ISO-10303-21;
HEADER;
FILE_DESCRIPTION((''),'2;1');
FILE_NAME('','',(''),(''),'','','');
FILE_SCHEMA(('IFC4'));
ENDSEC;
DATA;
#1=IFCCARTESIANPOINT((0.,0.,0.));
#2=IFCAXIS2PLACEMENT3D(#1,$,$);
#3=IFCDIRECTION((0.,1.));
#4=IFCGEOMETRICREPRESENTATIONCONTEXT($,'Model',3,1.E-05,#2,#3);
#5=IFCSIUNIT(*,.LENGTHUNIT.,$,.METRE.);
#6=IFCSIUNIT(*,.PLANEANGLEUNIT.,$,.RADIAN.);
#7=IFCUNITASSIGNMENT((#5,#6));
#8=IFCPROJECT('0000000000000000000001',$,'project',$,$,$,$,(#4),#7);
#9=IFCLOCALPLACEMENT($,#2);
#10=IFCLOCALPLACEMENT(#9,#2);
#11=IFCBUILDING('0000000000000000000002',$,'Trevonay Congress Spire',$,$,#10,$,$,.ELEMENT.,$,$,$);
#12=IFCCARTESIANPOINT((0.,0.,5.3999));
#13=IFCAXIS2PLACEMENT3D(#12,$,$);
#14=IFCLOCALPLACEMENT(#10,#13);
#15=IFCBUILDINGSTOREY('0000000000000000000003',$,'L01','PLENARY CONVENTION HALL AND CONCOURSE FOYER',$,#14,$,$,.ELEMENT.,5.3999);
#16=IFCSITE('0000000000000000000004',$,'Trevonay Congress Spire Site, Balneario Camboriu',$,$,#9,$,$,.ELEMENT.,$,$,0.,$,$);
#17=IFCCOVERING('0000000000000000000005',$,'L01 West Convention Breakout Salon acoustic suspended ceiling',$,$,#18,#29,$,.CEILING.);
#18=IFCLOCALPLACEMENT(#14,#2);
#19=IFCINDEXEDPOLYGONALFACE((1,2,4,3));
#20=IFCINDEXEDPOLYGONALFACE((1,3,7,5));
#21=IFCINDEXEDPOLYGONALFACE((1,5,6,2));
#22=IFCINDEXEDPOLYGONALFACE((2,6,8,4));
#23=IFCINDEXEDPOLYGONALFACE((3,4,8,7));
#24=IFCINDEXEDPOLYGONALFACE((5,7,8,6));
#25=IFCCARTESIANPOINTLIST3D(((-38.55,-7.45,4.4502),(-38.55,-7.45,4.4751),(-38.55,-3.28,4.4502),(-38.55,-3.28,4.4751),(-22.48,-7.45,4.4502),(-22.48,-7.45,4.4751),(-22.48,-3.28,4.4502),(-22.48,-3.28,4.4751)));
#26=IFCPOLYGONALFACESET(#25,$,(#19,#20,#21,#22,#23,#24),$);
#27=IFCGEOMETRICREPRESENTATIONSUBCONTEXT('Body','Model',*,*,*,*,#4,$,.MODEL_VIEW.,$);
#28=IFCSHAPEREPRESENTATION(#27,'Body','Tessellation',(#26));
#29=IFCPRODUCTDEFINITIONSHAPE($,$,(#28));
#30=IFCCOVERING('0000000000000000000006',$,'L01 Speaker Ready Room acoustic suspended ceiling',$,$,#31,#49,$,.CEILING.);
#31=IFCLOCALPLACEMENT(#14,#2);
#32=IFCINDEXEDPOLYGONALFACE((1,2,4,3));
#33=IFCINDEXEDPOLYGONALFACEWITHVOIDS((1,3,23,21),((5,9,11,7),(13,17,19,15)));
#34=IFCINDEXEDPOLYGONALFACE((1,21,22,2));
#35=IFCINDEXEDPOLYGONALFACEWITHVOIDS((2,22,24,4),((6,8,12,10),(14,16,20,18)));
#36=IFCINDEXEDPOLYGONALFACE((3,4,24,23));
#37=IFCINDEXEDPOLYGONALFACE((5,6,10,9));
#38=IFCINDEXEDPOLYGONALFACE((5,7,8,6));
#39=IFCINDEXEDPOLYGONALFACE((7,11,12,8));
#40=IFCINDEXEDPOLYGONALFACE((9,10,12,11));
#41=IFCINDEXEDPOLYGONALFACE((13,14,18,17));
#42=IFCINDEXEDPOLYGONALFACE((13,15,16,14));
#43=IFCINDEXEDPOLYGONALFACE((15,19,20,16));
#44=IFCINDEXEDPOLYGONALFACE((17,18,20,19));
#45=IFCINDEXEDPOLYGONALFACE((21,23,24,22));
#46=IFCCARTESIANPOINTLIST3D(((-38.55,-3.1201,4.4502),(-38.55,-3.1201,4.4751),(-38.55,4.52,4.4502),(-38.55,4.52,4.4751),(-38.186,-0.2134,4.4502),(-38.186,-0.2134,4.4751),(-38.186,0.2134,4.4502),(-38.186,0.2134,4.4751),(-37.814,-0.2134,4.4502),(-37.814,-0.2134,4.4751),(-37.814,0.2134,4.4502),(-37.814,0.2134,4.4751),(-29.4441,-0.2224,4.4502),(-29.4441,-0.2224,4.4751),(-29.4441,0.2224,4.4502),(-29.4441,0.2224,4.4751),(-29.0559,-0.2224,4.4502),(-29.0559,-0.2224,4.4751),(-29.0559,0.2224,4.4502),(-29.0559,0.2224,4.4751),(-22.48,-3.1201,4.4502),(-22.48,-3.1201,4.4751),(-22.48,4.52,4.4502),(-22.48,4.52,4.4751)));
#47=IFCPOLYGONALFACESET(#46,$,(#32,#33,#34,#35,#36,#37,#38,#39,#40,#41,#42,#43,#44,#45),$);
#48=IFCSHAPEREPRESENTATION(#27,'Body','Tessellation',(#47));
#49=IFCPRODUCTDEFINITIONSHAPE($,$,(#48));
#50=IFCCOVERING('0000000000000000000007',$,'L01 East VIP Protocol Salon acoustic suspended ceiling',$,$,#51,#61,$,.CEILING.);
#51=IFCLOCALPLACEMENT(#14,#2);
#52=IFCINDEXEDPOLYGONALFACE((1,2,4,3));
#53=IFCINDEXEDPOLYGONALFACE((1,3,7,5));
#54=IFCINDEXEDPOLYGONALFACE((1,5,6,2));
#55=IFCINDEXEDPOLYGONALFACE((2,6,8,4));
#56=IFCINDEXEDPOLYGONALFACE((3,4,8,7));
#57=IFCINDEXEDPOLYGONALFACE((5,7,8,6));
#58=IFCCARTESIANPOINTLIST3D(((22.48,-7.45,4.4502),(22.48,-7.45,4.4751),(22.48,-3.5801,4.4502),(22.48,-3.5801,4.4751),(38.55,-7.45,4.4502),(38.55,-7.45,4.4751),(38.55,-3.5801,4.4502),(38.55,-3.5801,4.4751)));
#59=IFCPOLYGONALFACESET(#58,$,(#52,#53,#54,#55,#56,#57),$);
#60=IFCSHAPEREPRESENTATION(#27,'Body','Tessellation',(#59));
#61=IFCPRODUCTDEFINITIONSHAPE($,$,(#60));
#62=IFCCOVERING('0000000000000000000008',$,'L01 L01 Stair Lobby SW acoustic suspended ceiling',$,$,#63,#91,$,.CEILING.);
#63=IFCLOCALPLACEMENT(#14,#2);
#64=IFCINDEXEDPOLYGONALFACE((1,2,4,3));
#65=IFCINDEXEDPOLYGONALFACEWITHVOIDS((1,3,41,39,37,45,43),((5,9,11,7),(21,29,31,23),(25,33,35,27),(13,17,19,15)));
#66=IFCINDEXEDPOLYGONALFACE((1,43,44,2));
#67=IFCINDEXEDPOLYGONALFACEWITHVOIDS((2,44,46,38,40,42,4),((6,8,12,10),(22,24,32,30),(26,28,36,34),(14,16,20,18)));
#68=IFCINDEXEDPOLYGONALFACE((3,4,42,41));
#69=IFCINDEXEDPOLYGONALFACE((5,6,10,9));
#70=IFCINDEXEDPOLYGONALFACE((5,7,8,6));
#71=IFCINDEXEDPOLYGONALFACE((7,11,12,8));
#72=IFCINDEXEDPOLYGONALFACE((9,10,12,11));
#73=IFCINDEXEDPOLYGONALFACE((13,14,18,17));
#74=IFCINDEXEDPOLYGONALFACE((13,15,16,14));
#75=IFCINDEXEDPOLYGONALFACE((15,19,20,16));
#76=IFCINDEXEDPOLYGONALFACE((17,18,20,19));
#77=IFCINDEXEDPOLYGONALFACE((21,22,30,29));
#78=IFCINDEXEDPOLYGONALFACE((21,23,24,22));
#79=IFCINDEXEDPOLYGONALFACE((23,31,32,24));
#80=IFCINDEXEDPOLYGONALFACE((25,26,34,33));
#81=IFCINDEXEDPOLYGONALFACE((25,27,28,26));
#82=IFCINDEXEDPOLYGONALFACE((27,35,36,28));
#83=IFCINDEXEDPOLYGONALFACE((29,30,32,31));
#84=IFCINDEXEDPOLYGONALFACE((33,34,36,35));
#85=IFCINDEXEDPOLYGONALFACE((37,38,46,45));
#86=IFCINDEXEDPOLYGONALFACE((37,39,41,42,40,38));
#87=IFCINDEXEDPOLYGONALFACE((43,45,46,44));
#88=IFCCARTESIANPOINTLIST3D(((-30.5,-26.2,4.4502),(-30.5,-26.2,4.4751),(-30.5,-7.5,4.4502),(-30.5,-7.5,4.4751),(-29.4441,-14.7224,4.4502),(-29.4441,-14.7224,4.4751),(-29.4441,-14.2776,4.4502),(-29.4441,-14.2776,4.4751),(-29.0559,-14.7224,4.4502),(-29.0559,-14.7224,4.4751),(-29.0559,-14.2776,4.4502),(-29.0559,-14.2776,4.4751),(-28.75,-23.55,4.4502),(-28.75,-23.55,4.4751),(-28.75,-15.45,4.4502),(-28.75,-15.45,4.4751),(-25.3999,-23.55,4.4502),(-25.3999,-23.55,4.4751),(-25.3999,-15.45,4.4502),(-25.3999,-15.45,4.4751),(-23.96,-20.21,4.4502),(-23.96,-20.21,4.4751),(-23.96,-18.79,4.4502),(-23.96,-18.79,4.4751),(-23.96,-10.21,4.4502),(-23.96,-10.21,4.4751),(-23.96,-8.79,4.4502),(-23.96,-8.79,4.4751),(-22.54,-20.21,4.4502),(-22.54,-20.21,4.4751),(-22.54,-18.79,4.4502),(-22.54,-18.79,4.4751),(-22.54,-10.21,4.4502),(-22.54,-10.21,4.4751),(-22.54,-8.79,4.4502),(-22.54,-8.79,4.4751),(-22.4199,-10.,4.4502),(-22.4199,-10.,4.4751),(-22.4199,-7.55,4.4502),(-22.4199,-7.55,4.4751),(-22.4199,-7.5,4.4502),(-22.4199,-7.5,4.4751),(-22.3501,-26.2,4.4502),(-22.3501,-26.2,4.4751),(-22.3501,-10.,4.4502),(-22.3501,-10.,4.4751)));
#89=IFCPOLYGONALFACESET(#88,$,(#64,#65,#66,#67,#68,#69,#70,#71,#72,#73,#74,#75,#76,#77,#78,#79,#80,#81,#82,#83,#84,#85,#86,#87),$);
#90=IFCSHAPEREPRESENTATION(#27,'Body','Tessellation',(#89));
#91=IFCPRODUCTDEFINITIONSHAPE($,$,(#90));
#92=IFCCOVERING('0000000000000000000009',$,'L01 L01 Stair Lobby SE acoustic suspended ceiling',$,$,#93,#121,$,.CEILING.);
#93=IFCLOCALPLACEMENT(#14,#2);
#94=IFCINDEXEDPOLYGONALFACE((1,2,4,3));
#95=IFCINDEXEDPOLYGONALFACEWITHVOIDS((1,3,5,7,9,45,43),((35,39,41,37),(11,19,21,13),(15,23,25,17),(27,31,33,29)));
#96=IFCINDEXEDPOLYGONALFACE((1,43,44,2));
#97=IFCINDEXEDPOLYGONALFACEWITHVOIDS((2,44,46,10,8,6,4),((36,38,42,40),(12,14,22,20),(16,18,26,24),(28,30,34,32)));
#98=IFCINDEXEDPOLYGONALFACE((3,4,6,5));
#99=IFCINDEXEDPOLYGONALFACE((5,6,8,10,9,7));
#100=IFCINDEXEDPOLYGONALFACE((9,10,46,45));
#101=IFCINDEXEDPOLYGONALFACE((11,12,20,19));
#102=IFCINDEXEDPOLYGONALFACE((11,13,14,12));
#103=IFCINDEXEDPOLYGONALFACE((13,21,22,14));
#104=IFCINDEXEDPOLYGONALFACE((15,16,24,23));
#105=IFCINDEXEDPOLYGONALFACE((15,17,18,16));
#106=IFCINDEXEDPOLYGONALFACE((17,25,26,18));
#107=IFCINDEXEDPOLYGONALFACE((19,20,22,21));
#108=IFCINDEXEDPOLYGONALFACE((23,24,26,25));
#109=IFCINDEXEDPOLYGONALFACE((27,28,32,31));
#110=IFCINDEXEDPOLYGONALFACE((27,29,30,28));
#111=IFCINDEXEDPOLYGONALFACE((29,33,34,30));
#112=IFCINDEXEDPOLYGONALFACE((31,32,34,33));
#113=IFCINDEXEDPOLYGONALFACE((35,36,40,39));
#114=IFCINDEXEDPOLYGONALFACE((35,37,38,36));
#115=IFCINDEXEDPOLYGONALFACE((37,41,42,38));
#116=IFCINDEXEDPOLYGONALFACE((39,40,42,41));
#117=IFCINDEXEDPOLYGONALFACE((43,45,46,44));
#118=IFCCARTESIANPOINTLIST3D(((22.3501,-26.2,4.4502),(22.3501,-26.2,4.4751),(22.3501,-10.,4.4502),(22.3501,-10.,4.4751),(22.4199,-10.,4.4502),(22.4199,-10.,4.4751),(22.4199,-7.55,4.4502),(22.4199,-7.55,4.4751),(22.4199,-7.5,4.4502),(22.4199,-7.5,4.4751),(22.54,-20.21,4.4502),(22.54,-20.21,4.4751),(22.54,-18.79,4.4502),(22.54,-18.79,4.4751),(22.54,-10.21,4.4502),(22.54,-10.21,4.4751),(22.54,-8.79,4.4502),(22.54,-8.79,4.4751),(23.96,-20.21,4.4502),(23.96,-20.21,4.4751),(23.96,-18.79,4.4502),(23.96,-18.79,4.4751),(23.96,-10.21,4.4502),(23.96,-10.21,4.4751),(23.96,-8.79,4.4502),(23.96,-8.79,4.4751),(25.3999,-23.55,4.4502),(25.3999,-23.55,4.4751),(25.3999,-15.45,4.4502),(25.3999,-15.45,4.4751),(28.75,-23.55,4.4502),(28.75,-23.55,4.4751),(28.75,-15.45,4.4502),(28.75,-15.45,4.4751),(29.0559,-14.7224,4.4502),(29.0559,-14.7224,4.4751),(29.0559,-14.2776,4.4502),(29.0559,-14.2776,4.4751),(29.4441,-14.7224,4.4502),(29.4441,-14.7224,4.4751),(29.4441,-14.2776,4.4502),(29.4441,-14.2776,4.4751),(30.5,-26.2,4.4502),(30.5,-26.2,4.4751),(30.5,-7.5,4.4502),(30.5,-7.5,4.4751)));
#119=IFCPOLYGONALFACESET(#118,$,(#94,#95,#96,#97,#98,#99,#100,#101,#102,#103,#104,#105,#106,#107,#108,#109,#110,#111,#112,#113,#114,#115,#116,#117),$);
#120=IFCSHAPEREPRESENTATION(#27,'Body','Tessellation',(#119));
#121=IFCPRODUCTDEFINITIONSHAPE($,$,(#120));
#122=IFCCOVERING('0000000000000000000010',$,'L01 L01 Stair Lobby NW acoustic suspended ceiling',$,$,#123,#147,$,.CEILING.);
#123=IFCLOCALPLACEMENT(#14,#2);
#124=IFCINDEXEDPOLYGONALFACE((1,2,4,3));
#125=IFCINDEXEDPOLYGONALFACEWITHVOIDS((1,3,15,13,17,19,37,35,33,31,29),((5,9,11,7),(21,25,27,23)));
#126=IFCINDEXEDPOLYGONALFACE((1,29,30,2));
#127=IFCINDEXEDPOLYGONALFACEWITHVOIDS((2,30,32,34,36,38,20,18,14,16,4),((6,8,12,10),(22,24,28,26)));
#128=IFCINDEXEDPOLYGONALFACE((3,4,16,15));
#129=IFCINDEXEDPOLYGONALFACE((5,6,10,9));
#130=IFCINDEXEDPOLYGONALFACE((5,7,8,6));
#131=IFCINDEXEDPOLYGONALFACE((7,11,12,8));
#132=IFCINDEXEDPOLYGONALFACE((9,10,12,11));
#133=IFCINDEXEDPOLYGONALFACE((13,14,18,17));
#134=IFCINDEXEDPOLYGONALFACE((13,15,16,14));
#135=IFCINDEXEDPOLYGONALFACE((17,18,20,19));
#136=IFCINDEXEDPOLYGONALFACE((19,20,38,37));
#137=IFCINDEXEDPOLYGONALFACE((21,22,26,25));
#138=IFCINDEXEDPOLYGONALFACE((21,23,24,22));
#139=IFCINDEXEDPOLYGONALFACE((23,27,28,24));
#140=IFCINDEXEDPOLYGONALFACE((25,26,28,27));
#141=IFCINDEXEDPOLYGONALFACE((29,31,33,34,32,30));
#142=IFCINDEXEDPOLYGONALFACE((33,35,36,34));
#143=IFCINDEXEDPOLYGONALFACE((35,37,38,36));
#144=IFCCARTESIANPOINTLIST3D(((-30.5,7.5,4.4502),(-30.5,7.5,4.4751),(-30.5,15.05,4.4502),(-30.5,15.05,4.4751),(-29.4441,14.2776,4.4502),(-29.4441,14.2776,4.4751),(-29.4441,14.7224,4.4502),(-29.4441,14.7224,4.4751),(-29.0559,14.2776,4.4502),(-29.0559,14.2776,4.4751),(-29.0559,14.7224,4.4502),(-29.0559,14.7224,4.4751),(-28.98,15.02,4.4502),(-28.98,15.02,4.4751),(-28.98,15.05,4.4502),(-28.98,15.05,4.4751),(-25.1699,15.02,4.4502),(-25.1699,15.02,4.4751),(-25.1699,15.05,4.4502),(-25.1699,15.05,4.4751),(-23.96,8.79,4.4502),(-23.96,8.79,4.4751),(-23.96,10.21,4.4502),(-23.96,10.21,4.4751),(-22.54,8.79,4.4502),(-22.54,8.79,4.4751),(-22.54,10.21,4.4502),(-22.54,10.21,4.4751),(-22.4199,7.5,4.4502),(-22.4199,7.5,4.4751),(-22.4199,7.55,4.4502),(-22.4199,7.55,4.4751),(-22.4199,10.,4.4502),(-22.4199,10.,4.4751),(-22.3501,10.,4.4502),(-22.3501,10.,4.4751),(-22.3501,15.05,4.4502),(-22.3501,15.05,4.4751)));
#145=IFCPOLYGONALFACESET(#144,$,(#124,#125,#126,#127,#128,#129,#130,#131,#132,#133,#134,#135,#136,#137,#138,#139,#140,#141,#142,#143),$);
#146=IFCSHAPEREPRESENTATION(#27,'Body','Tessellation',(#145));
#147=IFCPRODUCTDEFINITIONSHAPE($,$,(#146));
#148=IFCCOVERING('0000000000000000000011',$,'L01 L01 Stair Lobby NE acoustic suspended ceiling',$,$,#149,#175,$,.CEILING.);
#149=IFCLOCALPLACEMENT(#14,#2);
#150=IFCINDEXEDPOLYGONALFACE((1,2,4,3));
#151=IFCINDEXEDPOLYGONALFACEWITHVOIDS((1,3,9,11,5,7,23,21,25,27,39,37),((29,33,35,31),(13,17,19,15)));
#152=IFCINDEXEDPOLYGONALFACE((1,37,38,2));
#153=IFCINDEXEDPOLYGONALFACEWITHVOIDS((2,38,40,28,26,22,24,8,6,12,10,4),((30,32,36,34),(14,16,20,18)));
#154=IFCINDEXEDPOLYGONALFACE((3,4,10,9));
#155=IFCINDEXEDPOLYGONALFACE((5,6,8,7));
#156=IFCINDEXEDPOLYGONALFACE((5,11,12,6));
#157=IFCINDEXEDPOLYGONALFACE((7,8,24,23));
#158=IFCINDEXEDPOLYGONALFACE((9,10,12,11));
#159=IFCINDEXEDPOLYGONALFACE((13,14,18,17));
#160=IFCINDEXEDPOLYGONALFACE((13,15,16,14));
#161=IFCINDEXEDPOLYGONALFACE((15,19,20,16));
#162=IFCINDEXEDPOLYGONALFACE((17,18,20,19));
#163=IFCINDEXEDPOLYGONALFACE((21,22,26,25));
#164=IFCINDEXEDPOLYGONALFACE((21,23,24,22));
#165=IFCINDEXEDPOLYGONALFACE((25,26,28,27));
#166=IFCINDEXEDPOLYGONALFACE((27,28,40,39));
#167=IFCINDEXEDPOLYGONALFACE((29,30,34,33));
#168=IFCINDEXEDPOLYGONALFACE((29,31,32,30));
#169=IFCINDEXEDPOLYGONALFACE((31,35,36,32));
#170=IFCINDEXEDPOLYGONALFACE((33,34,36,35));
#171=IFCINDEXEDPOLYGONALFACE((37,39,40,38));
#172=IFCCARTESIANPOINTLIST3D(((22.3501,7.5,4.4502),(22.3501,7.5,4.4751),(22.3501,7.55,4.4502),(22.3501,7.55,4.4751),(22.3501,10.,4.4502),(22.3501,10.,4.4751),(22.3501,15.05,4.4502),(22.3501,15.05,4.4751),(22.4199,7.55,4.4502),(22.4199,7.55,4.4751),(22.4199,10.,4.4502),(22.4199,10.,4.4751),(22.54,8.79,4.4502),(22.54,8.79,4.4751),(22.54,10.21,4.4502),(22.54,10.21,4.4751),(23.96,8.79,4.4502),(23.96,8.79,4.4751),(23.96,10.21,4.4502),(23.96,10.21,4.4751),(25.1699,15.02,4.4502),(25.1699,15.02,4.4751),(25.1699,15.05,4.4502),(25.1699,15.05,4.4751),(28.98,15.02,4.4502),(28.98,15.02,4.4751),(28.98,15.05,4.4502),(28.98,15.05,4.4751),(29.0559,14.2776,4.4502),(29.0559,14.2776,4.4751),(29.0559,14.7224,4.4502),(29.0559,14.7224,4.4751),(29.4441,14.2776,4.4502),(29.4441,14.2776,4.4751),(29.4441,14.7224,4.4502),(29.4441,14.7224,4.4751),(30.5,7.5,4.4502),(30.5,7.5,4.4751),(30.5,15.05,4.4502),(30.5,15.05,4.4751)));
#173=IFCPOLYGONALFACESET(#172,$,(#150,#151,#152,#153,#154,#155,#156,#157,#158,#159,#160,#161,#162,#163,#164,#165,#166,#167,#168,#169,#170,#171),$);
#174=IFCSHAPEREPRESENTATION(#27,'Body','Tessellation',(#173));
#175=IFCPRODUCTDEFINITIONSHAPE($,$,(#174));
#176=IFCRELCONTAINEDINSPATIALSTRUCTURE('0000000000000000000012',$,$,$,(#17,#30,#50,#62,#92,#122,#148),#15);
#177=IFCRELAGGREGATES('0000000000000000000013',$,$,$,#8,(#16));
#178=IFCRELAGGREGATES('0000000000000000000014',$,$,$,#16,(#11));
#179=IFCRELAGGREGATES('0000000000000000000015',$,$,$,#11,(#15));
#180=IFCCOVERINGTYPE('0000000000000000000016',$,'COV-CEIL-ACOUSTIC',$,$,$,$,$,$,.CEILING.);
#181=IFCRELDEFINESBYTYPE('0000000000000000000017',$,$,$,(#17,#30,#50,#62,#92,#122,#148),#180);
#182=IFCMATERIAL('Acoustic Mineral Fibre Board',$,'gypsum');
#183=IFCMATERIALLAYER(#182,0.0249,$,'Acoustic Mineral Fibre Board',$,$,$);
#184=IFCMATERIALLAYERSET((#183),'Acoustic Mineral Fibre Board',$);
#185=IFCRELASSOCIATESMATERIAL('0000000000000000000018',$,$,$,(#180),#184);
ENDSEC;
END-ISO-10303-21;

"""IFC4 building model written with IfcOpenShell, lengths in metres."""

from ifc_helpers import new_model, si_unit, direction, frame, origin, place, context, subcontext, project, spatial, polyline, outline, extrude, material, layer, layer_set, type_object, element, save


model = new_model("IFC4")

# Units and contexts
model_context = context("Model", 3, precision=1e-05, world=origin(), true_north=direction((0.0, 1.0)))
body_context = subcontext(model_context, "Body", "Model", "MODEL_VIEW")
ifc_project = project(units=[si_unit("LENGTHUNIT", "METRE"), si_unit("PLANEANGLEUNIT", "RADIAN")], contexts=[model_context])

# Site, building, storey
site_placement = place(None, origin())
site = spatial("IfcSite", under=ifc_project, at=site_placement, Name="Trevonay Congress Spire Site, Balneario Camboriu", CompositionType="ELEMENT", RefElevation=0.0)
building_placement = place(site_placement, origin())
building = spatial("IfcBuilding", under=site, at=building_placement, Name="Trevonay Congress Spire", CompositionType="ELEMENT")
storey_placement = place(building_placement, frame((0.0, 0.0, 5.3999)))
storey = spatial("IfcBuildingStorey", under=building, at=storey_placement, Name="L01", Description="PLENARY CONVENTION HALL AND CONCOURSE FOYER", CompositionType="ELEMENT", Elevation=5.3999)

# Coverings
ifc_material_1 = material(Name="Acoustic Mineral Fibre Board", Category="gypsum")
ifc_layer_1 = layer(ifc_material_1, 0.0249, Name="Acoustic Mineral Fibre Board")
ifc_layer_set_1 = layer_set([ifc_layer_1], Name="Acoustic Mineral Fibre Board")
covering_type_1 = type_object("IfcCoveringType", Name="COV-CEIL-ACOUSTIC", PredefinedType="CEILING", material=ifc_layer_set_1)
covering_1_placement = place(storey_placement, frame((0.0, 0.0, 4.4502)))
element("IfcCovering", 1, at=covering_1_placement, inside=storey, type_object=covering_type_1, Name="L01 West Convention Breakout Salon acoustic suspended ceiling", PredefinedType="CEILING", context=body_context, shape_type="SweptSolid", body=[
    extrude(outline(polyline([(-38.55, -7.45), (-22.48, -7.45), (-22.48, -3.28), (-38.55, -3.28), (-38.55, -7.45)])), origin(), (0.0, 0.0, 1.0), 0.0249),
])
covering_2_placement = place(storey_placement, frame((0.0, 0.0, 4.4502)))
element("IfcCovering", 2, at=covering_2_placement, inside=storey, type_object=covering_type_1, Name="L01 Speaker Ready Room acoustic suspended ceiling", PredefinedType="CEILING", context=body_context, shape_type="SweptSolid", body=[
    extrude(outline(polyline([(-38.55, 4.52), (-22.48, 4.52), (-22.48, -3.1201), (-38.55, -3.1201), (-38.55, 4.52)]), holes=[polyline([(-38.186, -0.2134), (-37.814, -0.2134), (-37.814, 0.2134), (-38.186, 0.2134), (-38.186, -0.2134)]), polyline([(-29.4441, -0.2224), (-29.0559, -0.2224), (-29.0559, 0.2224), (-29.4441, 0.2224), (-29.4441, -0.2224)])]), origin(), (0.0, 0.0, 1.0), 0.0249),
])
covering_3_placement = place(storey_placement, frame((0.0, 0.0, 4.4502)))
element("IfcCovering", 3, at=covering_3_placement, inside=storey, type_object=covering_type_1, Name="L01 East VIP Protocol Salon acoustic suspended ceiling", PredefinedType="CEILING", context=body_context, shape_type="SweptSolid", body=[
    extrude(outline(polyline([(22.48, -7.45), (38.55, -7.45), (38.55, -3.5801), (22.48, -3.5801), (22.48, -7.45)])), origin(), (0.0, 0.0, 1.0), 0.0249),
])
covering_4_placement = place(storey_placement, frame((0.0, 0.0, 4.4502)))
element("IfcCovering", 4, at=covering_4_placement, inside=storey, type_object=covering_type_1, Name="L01 L01 Stair Lobby SW acoustic suspended ceiling", PredefinedType="CEILING", context=body_context, shape_type="SweptSolid", body=[
    extrude(outline(polyline([(-30.5, -26.2), (-30.5, -7.5), (-22.4199, -7.5), (-22.4199, -7.55), (-22.4199, -10.0), (-22.3501, -10.0), (-22.3501, -26.2), (-30.5, -26.2)]), holes=[polyline([(-22.54, -20.21), (-22.54, -18.79), (-23.96, -18.79), (-23.96, -20.21), (-22.54, -20.21)]), polyline([(-29.4441, -14.7224), (-29.0559, -14.7224), (-29.0559, -14.2776), (-29.4441, -14.2776), (-29.4441, -14.7224)]), polyline([(-23.96, -10.21), (-22.54, -10.21), (-22.54, -8.79), (-23.96, -8.79), (-23.96, -10.21)]), polyline([(-28.75, -15.45), (-28.75, -23.55), (-25.3999, -23.55), (-25.3999, -15.45), (-28.75, -15.45)])]), origin(), (0.0, 0.0, 1.0), 0.0249),
])
covering_5_placement = place(storey_placement, frame((0.0, 0.0, 4.4502)))
element("IfcCovering", 5, at=covering_5_placement, inside=storey, type_object=covering_type_1, Name="L01 L01 Stair Lobby SE acoustic suspended ceiling", PredefinedType="CEILING", context=body_context, shape_type="SweptSolid", body=[
    extrude(outline(polyline([(22.3501, -26.2), (22.3501, -10.0), (22.4199, -10.0), (22.4199, -7.55), (22.4199, -7.5), (30.5, -7.5), (30.5, -26.2), (22.3501, -26.2)]), holes=[polyline([(23.96, -20.21), (23.96, -18.79), (22.54, -18.79), (22.54, -20.21), (23.96, -20.21)]), polyline([(29.0559, -14.7224), (29.4441, -14.7224), (29.4441, -14.2776), (29.0559, -14.2776), (29.0559, -14.7224)]), polyline([(22.54, -10.21), (23.96, -10.21), (23.96, -8.79), (22.54, -8.79), (22.54, -10.21)]), polyline([(28.75, -15.45), (25.3999, -15.45), (25.3999, -23.55), (28.75, -23.55), (28.75, -15.45)])]), origin(), (0.0, 0.0, 1.0), 0.0249),
])
covering_6_placement = place(storey_placement, frame((0.0, 0.0, 4.4502)))
element("IfcCovering", 6, at=covering_6_placement, inside=storey, type_object=covering_type_1, Name="L01 L01 Stair Lobby NW acoustic suspended ceiling", PredefinedType="CEILING", context=body_context, shape_type="SweptSolid", body=[
    extrude(outline(polyline([(-25.1699, 15.02), (-25.1699, 15.05), (-22.3501, 15.05), (-22.3501, 10.0), (-22.4199, 10.0), (-22.4199, 7.55), (-22.4199, 7.5), (-30.5, 7.5), (-30.5, 15.05), (-28.98, 15.05), (-28.98, 15.02), (-25.1699, 15.02)]), holes=[polyline([(-22.54, 8.79), (-22.54, 10.21), (-23.96, 10.21), (-23.96, 8.79), (-22.54, 8.79)]), polyline([(-29.0559, 14.2776), (-29.0559, 14.7224), (-29.4441, 14.7224), (-29.4441, 14.2776), (-29.0559, 14.2776)])]), origin(), (0.0, 0.0, 1.0), 0.0249),
])
covering_7_placement = place(storey_placement, frame((0.0, 0.0, 4.4502)))
element("IfcCovering", 7, at=covering_7_placement, inside=storey, type_object=covering_type_1, Name="L01 L01 Stair Lobby NE acoustic suspended ceiling", PredefinedType="CEILING", context=body_context, shape_type="SweptSolid", body=[
    extrude(outline(polyline([(28.98, 15.02), (28.98, 15.05), (30.5, 15.05), (30.5, 7.5), (22.3501, 7.5), (22.3501, 7.55), (22.4199, 7.55), (22.4199, 10.0), (22.3501, 10.0), (22.3501, 15.05), (25.1699, 15.05), (25.1699, 15.02), (28.98, 15.02)]), holes=[polyline([(23.96, 8.79), (23.96, 10.21), (22.54, 10.21), (22.54, 8.79), (23.96, 8.79)]), polyline([(29.4441, 14.2776), (29.4441, 14.7224), (29.0559, 14.7224), (29.0559, 14.2776), (29.4441, 14.2776)])]), origin(), (0.0, 0.0, 1.0), 0.0249),
])

save(model, "model.ifc")
